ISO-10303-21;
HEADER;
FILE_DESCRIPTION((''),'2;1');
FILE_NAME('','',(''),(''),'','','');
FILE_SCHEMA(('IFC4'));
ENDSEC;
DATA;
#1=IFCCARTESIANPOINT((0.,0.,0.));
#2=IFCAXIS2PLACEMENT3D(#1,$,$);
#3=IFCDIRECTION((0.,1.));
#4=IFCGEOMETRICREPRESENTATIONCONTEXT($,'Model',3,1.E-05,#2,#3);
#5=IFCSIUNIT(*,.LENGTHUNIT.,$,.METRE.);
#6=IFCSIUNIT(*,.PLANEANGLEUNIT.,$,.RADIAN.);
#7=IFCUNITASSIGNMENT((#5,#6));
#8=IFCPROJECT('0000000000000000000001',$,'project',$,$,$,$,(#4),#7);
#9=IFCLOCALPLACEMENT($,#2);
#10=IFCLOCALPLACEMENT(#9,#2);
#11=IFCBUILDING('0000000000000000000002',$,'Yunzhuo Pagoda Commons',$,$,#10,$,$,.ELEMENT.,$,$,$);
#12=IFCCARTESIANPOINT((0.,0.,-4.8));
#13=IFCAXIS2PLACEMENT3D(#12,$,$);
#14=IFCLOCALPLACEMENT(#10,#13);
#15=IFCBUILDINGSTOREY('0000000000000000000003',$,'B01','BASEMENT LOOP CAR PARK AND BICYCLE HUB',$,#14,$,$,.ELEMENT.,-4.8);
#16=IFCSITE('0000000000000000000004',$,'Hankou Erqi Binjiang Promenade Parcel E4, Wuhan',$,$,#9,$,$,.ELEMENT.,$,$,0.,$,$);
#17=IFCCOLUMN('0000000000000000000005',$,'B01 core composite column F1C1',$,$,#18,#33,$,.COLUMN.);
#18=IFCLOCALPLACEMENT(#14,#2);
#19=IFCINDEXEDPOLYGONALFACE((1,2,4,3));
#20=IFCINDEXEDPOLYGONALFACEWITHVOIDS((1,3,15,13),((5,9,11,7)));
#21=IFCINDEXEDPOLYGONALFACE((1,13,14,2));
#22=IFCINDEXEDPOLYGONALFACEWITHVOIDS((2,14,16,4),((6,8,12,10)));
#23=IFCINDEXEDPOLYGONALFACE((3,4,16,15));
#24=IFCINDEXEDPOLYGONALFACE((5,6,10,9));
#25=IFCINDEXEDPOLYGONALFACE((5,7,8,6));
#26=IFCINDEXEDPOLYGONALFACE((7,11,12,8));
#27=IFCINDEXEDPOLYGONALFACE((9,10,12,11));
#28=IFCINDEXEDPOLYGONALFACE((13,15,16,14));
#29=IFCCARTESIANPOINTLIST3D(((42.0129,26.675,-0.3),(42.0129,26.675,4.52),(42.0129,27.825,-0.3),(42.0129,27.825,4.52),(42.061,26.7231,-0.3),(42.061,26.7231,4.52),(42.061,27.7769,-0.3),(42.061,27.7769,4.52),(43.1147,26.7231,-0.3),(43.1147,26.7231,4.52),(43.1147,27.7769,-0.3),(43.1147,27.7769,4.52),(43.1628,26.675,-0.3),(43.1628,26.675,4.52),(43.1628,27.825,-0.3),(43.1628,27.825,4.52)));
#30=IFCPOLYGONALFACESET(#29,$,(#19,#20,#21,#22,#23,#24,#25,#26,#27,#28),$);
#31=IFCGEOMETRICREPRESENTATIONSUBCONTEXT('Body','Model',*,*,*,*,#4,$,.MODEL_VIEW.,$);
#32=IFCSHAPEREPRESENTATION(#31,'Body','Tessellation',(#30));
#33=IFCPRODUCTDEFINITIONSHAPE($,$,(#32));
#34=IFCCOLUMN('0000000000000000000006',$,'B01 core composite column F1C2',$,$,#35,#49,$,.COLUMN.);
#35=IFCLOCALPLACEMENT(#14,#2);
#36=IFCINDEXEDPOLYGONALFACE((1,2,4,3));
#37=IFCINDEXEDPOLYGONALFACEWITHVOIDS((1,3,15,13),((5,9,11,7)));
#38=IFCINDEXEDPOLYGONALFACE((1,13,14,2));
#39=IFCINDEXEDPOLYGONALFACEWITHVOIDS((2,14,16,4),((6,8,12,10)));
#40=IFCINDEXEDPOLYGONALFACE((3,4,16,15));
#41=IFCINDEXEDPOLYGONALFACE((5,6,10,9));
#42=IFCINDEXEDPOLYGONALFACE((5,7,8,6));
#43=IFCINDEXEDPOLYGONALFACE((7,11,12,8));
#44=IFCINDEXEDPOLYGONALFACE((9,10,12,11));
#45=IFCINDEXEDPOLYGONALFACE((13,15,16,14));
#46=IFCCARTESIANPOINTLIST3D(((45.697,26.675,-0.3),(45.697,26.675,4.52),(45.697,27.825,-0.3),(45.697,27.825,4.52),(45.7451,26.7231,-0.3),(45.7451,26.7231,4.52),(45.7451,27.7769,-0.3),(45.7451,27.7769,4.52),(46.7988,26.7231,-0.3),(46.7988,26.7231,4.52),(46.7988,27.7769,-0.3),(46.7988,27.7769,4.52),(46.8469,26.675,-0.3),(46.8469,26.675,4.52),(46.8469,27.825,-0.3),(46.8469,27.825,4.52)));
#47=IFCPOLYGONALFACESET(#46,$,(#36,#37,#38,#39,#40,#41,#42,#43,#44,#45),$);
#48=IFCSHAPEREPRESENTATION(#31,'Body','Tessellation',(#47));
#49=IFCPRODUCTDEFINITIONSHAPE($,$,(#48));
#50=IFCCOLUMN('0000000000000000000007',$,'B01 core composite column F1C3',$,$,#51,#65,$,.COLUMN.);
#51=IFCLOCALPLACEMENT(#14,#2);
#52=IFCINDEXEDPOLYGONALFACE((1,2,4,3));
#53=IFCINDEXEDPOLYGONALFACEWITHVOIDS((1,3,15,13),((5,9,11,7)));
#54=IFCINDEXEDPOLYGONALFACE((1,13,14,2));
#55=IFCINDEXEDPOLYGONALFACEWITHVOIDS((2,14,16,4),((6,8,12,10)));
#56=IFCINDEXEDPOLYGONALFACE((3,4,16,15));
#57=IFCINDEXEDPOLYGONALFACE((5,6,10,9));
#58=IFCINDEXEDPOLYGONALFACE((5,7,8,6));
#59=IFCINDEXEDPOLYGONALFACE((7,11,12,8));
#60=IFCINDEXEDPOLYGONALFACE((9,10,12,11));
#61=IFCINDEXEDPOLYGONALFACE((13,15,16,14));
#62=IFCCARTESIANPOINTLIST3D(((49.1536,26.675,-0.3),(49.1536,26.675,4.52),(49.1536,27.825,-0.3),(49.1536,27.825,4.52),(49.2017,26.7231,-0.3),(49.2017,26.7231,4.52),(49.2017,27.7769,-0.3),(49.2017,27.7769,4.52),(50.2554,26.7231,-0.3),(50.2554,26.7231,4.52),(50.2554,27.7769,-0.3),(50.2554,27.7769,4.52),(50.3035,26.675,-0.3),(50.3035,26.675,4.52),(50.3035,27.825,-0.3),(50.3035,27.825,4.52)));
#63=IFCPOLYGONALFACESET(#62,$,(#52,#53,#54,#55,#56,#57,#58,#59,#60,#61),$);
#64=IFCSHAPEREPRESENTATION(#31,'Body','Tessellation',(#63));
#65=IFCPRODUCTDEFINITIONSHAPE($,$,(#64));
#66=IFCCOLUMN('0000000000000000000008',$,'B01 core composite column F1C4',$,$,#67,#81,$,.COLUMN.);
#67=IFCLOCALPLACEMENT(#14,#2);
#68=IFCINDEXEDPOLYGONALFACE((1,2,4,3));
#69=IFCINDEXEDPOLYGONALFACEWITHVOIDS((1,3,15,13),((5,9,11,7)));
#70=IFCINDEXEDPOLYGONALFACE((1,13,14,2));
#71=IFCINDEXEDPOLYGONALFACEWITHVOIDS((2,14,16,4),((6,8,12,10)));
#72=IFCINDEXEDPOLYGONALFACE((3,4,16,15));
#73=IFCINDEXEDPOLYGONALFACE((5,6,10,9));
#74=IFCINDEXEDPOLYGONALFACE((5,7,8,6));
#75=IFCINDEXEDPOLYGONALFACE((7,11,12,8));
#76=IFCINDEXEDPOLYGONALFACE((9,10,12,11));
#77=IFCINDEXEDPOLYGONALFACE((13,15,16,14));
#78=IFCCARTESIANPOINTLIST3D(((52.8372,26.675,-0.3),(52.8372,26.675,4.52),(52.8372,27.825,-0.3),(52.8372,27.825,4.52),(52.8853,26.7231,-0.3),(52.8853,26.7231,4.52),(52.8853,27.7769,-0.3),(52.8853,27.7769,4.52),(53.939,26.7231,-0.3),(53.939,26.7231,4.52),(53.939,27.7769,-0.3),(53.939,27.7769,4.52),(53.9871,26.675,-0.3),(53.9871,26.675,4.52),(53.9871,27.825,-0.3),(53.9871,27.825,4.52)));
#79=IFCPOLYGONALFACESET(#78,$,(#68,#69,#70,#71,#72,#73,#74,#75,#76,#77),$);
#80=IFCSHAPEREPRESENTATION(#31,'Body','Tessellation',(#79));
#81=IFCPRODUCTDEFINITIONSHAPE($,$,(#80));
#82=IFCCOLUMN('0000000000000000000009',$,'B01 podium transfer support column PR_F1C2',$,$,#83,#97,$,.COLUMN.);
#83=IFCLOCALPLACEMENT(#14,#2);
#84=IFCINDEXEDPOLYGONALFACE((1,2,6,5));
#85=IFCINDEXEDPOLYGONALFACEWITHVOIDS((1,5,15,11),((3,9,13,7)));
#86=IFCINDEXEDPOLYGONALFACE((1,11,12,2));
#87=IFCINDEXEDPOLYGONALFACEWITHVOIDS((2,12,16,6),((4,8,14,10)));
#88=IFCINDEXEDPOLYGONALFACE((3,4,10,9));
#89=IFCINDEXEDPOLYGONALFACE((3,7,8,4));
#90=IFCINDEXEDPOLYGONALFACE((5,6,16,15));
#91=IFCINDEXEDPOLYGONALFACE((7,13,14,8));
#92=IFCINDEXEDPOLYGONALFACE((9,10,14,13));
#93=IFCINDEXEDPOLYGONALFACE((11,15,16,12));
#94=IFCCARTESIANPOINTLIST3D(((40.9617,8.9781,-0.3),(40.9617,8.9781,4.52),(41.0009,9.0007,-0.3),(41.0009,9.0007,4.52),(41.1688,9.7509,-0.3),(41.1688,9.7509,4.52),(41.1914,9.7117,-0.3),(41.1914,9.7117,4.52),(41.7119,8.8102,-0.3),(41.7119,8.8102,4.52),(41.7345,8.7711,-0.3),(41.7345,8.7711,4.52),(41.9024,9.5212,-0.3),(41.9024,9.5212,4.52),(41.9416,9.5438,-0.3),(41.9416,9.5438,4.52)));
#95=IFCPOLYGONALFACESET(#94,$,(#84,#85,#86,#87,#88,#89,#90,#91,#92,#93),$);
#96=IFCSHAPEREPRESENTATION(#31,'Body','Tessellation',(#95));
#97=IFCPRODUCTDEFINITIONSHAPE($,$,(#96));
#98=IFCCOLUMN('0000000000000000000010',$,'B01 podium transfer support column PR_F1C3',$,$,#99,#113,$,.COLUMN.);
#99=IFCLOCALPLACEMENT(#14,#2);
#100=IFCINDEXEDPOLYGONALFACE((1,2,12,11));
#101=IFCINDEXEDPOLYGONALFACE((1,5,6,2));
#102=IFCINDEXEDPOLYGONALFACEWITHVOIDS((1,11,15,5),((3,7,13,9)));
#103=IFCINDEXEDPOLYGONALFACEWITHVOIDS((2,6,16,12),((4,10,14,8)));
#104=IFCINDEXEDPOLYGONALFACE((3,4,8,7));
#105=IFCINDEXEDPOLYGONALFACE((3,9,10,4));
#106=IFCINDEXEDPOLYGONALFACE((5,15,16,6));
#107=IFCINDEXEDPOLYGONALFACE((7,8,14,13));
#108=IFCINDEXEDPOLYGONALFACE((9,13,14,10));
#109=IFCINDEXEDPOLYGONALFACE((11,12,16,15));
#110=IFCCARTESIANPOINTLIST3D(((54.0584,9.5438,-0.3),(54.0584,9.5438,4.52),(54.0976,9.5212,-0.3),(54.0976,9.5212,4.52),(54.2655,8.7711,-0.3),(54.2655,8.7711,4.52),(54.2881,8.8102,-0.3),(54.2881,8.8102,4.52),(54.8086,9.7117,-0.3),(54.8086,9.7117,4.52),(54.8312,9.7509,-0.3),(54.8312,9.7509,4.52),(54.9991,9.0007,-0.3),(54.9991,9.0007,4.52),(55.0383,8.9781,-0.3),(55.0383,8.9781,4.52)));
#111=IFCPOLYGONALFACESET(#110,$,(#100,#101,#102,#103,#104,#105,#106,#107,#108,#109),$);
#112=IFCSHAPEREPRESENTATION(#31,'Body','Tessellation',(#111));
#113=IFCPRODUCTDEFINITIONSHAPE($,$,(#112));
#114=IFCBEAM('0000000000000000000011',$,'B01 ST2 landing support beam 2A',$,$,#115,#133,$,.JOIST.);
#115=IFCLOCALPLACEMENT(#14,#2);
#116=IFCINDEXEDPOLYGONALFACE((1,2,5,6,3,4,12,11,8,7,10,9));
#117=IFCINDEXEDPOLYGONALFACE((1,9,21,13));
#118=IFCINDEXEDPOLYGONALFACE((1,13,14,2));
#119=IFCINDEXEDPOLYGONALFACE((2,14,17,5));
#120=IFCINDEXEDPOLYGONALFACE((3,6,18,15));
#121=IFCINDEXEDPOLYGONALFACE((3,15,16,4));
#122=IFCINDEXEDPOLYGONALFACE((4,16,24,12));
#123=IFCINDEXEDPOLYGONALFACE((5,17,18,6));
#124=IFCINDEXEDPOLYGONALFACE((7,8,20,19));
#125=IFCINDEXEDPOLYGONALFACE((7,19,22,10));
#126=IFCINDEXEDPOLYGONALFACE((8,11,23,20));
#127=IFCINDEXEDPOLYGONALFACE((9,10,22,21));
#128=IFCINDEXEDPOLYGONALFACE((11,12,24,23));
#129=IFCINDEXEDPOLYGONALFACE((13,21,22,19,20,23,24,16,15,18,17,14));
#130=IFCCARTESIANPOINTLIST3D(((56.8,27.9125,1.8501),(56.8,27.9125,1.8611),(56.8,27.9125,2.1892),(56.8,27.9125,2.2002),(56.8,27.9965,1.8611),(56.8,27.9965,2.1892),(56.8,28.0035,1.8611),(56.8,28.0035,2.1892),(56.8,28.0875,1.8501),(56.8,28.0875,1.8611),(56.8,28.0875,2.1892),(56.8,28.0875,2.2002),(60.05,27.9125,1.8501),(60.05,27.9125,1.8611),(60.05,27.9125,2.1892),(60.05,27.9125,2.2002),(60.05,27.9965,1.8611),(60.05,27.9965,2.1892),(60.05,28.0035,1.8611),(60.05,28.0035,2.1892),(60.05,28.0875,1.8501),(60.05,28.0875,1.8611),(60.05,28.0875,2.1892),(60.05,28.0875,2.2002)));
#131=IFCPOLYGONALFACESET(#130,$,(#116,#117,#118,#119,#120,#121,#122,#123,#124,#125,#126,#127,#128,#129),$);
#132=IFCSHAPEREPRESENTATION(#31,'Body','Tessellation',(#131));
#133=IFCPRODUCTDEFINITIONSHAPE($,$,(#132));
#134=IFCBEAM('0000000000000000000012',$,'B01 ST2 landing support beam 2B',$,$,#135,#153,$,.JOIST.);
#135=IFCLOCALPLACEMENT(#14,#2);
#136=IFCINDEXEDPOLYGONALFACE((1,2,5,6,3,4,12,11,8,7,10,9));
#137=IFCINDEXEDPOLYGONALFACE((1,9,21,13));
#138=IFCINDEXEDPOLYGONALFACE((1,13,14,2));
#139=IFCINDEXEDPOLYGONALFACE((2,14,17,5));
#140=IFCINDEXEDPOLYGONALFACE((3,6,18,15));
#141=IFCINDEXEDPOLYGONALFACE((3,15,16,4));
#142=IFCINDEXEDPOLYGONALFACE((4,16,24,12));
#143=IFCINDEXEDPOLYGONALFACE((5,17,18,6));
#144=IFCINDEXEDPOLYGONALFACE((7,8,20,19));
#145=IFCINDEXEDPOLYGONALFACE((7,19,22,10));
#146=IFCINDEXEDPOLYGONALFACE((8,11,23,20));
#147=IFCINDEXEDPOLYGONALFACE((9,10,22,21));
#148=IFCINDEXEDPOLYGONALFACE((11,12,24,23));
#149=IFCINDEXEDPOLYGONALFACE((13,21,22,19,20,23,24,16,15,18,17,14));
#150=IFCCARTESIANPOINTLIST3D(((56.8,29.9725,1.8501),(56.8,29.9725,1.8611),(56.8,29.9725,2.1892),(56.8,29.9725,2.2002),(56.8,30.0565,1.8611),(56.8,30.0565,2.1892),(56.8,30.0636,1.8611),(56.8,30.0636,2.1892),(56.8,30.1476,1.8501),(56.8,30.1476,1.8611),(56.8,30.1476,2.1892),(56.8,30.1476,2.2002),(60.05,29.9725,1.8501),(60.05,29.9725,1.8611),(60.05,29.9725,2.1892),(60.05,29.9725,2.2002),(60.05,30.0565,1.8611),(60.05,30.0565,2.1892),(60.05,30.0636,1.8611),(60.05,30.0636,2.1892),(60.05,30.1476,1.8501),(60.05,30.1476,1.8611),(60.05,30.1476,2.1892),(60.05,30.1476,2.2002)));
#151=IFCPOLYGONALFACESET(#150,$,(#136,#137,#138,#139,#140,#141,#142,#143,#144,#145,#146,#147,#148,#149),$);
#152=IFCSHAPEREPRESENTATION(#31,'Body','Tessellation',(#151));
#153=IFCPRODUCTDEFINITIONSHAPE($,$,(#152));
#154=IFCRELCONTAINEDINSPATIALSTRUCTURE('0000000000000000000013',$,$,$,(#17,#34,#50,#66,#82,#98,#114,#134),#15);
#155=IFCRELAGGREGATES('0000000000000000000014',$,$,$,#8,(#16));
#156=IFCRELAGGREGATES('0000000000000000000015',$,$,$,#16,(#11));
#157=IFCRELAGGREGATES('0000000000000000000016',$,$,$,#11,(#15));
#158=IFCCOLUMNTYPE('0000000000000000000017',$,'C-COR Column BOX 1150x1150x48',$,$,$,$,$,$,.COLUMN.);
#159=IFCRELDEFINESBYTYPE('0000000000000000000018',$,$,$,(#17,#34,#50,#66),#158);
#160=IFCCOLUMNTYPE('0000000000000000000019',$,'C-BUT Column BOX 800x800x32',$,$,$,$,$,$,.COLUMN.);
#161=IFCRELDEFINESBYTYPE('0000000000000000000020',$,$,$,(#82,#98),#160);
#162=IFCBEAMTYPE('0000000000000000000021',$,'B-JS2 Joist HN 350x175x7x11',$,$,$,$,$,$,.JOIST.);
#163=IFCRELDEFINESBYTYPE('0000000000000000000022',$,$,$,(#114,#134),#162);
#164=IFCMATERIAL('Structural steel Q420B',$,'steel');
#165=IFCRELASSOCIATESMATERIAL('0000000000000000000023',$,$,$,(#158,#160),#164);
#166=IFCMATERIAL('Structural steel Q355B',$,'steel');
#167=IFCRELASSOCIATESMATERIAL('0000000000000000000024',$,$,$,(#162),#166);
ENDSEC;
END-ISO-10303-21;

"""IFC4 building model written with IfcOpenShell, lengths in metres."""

from ifc_helpers import new_model, si_unit, direction, frame, origin, origin_2d, place, context, subcontext, project, spatial, hollow_rectangle, i_section, extrude, source, transform, mapped, material, material_profile, profile_set, type_object, element, save


model = new_model("IFC4")

# Units and contexts
model_context = context("Model", 3, precision=1e-05, world=origin(), true_north=direction((0.0, 1.0)))
body_context = subcontext(model_context, "Body", "Model", "MODEL_VIEW")
ifc_project = project(units=[si_unit("LENGTHUNIT", "METRE"), si_unit("PLANEANGLEUNIT", "RADIAN")], contexts=[model_context])

# Site, building, storey
site_placement = place(None, origin())
site = spatial("IfcSite", under=ifc_project, at=site_placement, Name="Hankou Erqi Binjiang Promenade Parcel E4, Wuhan", CompositionType="ELEMENT", RefElevation=0.0)
building_placement = place(site_placement, origin())
building = spatial("IfcBuilding", under=site, at=building_placement, Name="Yunzhuo Pagoda Commons", CompositionType="ELEMENT")
storey_placement = place(building_placement, frame((0.0, 0.0, -4.8)))
storey = spatial("IfcBuildingStorey", under=building, at=storey_placement, Name="B01", Description="BASEMENT LOOP CAR PARK AND BICYCLE HUB", CompositionType="ELEMENT", Elevation=-4.8)

# Columns
ifc_material_1 = material(Name="Structural steel Q420B", Category="steel")
ifc_material_profile_1 = material_profile(ifc_material_1, hollow_rectangle(XDim=1.1499, YDim=1.1499, WallThickness=0.0481, at=origin_2d()), Name="Structural steel Q420B")
ifc_profile_set_1 = profile_set([ifc_material_profile_1], Name="Structural steel Q420B")
column_type_1 = type_object("IfcColumnType", Name="C-COR Column BOX 1150x1150x48", PredefinedType="COLUMN", material=ifc_profile_set_1)
shared_shape_1 = source(origin(), body_context, "Body", "SweptSolid", [
    extrude(hollow_rectangle(XDim=1.1499, YDim=1.1499, WallThickness=0.0481, at=origin_2d()), origin(), (0.0, 0.0, 1.0), 4.8201),
])
for number, where, z_axis, x_axis, name in (
    (1, (42.5879, 27.25, -0.3), (0.0, 0.0, 1.0), (1.0, 0.0, 0.0), "B01 core composite column F1C1"),
    (2, (46.272, 27.25, -0.3), (0.0, 0.0, 1.0), (1.0, 0.0, 0.0), "B01 core composite column F1C2"),
    (3, (49.7285, 27.25, -0.3), (0.0, 0.0, 1.0), (1.0, 0.0, 0.0), "B01 core composite column F1C3"),
    (4, (53.4121, 27.25, -0.3), (0.0, 0.0, 1.0), (1.0, 0.0, 0.0), "B01 core composite column F1C4"),
):
    element("IfcColumn", number, at=place(storey_placement, frame(where, z_axis=z_axis, x_axis=x_axis)), inside=storey, type_object=column_type_1, Name=name, PredefinedType="COLUMN", context=body_context, shape_type="MappedRepresentation", body=[
        mapped(shared_shape_1, transform((0.0, 0.0, 0.0), scale=1.0)),
    ])
ifc_material_profile_2 = material_profile(ifc_material_1, hollow_rectangle(XDim=0.8, YDim=0.8, WallThickness=0.032, at=origin_2d()), Name="Structural steel Q420B")
ifc_profile_set_2 = profile_set([ifc_material_profile_2], Name="Structural steel Q420B")
column_type_2 = type_object("IfcColumnType", Name="C-BUT Column BOX 800x800x32", PredefinedType="COLUMN", material=ifc_profile_set_2)
shared_shape_2 = source(origin(), body_context, "Body", "SweptSolid", [
    extrude(hollow_rectangle(XDim=0.8, YDim=0.8, WallThickness=0.032, at=origin_2d()), origin(), (0.0, 0.0, 1.0), 4.8201),
])
for number, where, z_axis, x_axis, name in (
    (5, (41.4517, 9.261, -0.3), (0.0, 0.0, 1.0), (0.965926, -0.258819, 0.0), "B01 podium transfer support column PR_F1C2"),
    (6, (54.5483, 9.261, -0.3), (0.0, 0.0, 1.0), (0.965926, 0.258819, 0.0), "B01 podium transfer support column PR_F1C3"),
):
    element("IfcColumn", number, at=place(storey_placement, frame(where, z_axis=z_axis, x_axis=x_axis)), inside=storey, type_object=column_type_2, Name=name, PredefinedType="COLUMN", context=body_context, shape_type="MappedRepresentation", body=[
        mapped(shared_shape_2, transform((0.0, 0.0, 0.0), scale=1.0)),
    ])

# Beams
ifc_material_2 = material(Name="Structural steel Q355B", Category="steel")
ifc_material_profile_3 = material_profile(ifc_material_2, i_section(OverallWidth=0.175, OverallDepth=0.3501, WebThickness=0.0071, FlangeThickness=0.011, at=origin_2d()), Name="Structural steel Q355B")
ifc_profile_set_3 = profile_set([ifc_material_profile_3], Name="Structural steel Q355B")
beam_type = type_object("IfcBeamType", Name="B-JS2 Joist HN 350x175x7x11", PredefinedType="JOIST", material=ifc_profile_set_3)
shared_shape_3 = source(origin(), body_context, "Body", "SweptSolid", [
    extrude(i_section(OverallWidth=0.175, OverallDepth=0.3501, WebThickness=0.0071, FlangeThickness=0.011, at=origin_2d()), origin(), (0.0, 0.0, 1.0), 3.25),
])
for number, where, z_axis, x_axis, name in (
    (7, (56.8, 28.0, 2.0251), (1.0, 0.0, 0.0), (0.0, 1.0, 0.0), "B01 ST2 landing support beam 2A"),
    (8, (56.8, 30.0601, 2.0251), (1.0, 0.0, 0.0), (0.0, 1.0, 0.0), "B01 ST2 landing support beam 2B"),
):
    element("IfcBeam", number, at=place(storey_placement, frame(where, z_axis=z_axis, x_axis=x_axis)), inside=storey, type_object=beam_type, Name=name, PredefinedType="JOIST", context=body_context, shape_type="MappedRepresentation", body=[
        mapped(shared_shape_3, transform((0.0, 0.0, 0.0), scale=1.0)),
    ])

save(model, "model.ifc")
